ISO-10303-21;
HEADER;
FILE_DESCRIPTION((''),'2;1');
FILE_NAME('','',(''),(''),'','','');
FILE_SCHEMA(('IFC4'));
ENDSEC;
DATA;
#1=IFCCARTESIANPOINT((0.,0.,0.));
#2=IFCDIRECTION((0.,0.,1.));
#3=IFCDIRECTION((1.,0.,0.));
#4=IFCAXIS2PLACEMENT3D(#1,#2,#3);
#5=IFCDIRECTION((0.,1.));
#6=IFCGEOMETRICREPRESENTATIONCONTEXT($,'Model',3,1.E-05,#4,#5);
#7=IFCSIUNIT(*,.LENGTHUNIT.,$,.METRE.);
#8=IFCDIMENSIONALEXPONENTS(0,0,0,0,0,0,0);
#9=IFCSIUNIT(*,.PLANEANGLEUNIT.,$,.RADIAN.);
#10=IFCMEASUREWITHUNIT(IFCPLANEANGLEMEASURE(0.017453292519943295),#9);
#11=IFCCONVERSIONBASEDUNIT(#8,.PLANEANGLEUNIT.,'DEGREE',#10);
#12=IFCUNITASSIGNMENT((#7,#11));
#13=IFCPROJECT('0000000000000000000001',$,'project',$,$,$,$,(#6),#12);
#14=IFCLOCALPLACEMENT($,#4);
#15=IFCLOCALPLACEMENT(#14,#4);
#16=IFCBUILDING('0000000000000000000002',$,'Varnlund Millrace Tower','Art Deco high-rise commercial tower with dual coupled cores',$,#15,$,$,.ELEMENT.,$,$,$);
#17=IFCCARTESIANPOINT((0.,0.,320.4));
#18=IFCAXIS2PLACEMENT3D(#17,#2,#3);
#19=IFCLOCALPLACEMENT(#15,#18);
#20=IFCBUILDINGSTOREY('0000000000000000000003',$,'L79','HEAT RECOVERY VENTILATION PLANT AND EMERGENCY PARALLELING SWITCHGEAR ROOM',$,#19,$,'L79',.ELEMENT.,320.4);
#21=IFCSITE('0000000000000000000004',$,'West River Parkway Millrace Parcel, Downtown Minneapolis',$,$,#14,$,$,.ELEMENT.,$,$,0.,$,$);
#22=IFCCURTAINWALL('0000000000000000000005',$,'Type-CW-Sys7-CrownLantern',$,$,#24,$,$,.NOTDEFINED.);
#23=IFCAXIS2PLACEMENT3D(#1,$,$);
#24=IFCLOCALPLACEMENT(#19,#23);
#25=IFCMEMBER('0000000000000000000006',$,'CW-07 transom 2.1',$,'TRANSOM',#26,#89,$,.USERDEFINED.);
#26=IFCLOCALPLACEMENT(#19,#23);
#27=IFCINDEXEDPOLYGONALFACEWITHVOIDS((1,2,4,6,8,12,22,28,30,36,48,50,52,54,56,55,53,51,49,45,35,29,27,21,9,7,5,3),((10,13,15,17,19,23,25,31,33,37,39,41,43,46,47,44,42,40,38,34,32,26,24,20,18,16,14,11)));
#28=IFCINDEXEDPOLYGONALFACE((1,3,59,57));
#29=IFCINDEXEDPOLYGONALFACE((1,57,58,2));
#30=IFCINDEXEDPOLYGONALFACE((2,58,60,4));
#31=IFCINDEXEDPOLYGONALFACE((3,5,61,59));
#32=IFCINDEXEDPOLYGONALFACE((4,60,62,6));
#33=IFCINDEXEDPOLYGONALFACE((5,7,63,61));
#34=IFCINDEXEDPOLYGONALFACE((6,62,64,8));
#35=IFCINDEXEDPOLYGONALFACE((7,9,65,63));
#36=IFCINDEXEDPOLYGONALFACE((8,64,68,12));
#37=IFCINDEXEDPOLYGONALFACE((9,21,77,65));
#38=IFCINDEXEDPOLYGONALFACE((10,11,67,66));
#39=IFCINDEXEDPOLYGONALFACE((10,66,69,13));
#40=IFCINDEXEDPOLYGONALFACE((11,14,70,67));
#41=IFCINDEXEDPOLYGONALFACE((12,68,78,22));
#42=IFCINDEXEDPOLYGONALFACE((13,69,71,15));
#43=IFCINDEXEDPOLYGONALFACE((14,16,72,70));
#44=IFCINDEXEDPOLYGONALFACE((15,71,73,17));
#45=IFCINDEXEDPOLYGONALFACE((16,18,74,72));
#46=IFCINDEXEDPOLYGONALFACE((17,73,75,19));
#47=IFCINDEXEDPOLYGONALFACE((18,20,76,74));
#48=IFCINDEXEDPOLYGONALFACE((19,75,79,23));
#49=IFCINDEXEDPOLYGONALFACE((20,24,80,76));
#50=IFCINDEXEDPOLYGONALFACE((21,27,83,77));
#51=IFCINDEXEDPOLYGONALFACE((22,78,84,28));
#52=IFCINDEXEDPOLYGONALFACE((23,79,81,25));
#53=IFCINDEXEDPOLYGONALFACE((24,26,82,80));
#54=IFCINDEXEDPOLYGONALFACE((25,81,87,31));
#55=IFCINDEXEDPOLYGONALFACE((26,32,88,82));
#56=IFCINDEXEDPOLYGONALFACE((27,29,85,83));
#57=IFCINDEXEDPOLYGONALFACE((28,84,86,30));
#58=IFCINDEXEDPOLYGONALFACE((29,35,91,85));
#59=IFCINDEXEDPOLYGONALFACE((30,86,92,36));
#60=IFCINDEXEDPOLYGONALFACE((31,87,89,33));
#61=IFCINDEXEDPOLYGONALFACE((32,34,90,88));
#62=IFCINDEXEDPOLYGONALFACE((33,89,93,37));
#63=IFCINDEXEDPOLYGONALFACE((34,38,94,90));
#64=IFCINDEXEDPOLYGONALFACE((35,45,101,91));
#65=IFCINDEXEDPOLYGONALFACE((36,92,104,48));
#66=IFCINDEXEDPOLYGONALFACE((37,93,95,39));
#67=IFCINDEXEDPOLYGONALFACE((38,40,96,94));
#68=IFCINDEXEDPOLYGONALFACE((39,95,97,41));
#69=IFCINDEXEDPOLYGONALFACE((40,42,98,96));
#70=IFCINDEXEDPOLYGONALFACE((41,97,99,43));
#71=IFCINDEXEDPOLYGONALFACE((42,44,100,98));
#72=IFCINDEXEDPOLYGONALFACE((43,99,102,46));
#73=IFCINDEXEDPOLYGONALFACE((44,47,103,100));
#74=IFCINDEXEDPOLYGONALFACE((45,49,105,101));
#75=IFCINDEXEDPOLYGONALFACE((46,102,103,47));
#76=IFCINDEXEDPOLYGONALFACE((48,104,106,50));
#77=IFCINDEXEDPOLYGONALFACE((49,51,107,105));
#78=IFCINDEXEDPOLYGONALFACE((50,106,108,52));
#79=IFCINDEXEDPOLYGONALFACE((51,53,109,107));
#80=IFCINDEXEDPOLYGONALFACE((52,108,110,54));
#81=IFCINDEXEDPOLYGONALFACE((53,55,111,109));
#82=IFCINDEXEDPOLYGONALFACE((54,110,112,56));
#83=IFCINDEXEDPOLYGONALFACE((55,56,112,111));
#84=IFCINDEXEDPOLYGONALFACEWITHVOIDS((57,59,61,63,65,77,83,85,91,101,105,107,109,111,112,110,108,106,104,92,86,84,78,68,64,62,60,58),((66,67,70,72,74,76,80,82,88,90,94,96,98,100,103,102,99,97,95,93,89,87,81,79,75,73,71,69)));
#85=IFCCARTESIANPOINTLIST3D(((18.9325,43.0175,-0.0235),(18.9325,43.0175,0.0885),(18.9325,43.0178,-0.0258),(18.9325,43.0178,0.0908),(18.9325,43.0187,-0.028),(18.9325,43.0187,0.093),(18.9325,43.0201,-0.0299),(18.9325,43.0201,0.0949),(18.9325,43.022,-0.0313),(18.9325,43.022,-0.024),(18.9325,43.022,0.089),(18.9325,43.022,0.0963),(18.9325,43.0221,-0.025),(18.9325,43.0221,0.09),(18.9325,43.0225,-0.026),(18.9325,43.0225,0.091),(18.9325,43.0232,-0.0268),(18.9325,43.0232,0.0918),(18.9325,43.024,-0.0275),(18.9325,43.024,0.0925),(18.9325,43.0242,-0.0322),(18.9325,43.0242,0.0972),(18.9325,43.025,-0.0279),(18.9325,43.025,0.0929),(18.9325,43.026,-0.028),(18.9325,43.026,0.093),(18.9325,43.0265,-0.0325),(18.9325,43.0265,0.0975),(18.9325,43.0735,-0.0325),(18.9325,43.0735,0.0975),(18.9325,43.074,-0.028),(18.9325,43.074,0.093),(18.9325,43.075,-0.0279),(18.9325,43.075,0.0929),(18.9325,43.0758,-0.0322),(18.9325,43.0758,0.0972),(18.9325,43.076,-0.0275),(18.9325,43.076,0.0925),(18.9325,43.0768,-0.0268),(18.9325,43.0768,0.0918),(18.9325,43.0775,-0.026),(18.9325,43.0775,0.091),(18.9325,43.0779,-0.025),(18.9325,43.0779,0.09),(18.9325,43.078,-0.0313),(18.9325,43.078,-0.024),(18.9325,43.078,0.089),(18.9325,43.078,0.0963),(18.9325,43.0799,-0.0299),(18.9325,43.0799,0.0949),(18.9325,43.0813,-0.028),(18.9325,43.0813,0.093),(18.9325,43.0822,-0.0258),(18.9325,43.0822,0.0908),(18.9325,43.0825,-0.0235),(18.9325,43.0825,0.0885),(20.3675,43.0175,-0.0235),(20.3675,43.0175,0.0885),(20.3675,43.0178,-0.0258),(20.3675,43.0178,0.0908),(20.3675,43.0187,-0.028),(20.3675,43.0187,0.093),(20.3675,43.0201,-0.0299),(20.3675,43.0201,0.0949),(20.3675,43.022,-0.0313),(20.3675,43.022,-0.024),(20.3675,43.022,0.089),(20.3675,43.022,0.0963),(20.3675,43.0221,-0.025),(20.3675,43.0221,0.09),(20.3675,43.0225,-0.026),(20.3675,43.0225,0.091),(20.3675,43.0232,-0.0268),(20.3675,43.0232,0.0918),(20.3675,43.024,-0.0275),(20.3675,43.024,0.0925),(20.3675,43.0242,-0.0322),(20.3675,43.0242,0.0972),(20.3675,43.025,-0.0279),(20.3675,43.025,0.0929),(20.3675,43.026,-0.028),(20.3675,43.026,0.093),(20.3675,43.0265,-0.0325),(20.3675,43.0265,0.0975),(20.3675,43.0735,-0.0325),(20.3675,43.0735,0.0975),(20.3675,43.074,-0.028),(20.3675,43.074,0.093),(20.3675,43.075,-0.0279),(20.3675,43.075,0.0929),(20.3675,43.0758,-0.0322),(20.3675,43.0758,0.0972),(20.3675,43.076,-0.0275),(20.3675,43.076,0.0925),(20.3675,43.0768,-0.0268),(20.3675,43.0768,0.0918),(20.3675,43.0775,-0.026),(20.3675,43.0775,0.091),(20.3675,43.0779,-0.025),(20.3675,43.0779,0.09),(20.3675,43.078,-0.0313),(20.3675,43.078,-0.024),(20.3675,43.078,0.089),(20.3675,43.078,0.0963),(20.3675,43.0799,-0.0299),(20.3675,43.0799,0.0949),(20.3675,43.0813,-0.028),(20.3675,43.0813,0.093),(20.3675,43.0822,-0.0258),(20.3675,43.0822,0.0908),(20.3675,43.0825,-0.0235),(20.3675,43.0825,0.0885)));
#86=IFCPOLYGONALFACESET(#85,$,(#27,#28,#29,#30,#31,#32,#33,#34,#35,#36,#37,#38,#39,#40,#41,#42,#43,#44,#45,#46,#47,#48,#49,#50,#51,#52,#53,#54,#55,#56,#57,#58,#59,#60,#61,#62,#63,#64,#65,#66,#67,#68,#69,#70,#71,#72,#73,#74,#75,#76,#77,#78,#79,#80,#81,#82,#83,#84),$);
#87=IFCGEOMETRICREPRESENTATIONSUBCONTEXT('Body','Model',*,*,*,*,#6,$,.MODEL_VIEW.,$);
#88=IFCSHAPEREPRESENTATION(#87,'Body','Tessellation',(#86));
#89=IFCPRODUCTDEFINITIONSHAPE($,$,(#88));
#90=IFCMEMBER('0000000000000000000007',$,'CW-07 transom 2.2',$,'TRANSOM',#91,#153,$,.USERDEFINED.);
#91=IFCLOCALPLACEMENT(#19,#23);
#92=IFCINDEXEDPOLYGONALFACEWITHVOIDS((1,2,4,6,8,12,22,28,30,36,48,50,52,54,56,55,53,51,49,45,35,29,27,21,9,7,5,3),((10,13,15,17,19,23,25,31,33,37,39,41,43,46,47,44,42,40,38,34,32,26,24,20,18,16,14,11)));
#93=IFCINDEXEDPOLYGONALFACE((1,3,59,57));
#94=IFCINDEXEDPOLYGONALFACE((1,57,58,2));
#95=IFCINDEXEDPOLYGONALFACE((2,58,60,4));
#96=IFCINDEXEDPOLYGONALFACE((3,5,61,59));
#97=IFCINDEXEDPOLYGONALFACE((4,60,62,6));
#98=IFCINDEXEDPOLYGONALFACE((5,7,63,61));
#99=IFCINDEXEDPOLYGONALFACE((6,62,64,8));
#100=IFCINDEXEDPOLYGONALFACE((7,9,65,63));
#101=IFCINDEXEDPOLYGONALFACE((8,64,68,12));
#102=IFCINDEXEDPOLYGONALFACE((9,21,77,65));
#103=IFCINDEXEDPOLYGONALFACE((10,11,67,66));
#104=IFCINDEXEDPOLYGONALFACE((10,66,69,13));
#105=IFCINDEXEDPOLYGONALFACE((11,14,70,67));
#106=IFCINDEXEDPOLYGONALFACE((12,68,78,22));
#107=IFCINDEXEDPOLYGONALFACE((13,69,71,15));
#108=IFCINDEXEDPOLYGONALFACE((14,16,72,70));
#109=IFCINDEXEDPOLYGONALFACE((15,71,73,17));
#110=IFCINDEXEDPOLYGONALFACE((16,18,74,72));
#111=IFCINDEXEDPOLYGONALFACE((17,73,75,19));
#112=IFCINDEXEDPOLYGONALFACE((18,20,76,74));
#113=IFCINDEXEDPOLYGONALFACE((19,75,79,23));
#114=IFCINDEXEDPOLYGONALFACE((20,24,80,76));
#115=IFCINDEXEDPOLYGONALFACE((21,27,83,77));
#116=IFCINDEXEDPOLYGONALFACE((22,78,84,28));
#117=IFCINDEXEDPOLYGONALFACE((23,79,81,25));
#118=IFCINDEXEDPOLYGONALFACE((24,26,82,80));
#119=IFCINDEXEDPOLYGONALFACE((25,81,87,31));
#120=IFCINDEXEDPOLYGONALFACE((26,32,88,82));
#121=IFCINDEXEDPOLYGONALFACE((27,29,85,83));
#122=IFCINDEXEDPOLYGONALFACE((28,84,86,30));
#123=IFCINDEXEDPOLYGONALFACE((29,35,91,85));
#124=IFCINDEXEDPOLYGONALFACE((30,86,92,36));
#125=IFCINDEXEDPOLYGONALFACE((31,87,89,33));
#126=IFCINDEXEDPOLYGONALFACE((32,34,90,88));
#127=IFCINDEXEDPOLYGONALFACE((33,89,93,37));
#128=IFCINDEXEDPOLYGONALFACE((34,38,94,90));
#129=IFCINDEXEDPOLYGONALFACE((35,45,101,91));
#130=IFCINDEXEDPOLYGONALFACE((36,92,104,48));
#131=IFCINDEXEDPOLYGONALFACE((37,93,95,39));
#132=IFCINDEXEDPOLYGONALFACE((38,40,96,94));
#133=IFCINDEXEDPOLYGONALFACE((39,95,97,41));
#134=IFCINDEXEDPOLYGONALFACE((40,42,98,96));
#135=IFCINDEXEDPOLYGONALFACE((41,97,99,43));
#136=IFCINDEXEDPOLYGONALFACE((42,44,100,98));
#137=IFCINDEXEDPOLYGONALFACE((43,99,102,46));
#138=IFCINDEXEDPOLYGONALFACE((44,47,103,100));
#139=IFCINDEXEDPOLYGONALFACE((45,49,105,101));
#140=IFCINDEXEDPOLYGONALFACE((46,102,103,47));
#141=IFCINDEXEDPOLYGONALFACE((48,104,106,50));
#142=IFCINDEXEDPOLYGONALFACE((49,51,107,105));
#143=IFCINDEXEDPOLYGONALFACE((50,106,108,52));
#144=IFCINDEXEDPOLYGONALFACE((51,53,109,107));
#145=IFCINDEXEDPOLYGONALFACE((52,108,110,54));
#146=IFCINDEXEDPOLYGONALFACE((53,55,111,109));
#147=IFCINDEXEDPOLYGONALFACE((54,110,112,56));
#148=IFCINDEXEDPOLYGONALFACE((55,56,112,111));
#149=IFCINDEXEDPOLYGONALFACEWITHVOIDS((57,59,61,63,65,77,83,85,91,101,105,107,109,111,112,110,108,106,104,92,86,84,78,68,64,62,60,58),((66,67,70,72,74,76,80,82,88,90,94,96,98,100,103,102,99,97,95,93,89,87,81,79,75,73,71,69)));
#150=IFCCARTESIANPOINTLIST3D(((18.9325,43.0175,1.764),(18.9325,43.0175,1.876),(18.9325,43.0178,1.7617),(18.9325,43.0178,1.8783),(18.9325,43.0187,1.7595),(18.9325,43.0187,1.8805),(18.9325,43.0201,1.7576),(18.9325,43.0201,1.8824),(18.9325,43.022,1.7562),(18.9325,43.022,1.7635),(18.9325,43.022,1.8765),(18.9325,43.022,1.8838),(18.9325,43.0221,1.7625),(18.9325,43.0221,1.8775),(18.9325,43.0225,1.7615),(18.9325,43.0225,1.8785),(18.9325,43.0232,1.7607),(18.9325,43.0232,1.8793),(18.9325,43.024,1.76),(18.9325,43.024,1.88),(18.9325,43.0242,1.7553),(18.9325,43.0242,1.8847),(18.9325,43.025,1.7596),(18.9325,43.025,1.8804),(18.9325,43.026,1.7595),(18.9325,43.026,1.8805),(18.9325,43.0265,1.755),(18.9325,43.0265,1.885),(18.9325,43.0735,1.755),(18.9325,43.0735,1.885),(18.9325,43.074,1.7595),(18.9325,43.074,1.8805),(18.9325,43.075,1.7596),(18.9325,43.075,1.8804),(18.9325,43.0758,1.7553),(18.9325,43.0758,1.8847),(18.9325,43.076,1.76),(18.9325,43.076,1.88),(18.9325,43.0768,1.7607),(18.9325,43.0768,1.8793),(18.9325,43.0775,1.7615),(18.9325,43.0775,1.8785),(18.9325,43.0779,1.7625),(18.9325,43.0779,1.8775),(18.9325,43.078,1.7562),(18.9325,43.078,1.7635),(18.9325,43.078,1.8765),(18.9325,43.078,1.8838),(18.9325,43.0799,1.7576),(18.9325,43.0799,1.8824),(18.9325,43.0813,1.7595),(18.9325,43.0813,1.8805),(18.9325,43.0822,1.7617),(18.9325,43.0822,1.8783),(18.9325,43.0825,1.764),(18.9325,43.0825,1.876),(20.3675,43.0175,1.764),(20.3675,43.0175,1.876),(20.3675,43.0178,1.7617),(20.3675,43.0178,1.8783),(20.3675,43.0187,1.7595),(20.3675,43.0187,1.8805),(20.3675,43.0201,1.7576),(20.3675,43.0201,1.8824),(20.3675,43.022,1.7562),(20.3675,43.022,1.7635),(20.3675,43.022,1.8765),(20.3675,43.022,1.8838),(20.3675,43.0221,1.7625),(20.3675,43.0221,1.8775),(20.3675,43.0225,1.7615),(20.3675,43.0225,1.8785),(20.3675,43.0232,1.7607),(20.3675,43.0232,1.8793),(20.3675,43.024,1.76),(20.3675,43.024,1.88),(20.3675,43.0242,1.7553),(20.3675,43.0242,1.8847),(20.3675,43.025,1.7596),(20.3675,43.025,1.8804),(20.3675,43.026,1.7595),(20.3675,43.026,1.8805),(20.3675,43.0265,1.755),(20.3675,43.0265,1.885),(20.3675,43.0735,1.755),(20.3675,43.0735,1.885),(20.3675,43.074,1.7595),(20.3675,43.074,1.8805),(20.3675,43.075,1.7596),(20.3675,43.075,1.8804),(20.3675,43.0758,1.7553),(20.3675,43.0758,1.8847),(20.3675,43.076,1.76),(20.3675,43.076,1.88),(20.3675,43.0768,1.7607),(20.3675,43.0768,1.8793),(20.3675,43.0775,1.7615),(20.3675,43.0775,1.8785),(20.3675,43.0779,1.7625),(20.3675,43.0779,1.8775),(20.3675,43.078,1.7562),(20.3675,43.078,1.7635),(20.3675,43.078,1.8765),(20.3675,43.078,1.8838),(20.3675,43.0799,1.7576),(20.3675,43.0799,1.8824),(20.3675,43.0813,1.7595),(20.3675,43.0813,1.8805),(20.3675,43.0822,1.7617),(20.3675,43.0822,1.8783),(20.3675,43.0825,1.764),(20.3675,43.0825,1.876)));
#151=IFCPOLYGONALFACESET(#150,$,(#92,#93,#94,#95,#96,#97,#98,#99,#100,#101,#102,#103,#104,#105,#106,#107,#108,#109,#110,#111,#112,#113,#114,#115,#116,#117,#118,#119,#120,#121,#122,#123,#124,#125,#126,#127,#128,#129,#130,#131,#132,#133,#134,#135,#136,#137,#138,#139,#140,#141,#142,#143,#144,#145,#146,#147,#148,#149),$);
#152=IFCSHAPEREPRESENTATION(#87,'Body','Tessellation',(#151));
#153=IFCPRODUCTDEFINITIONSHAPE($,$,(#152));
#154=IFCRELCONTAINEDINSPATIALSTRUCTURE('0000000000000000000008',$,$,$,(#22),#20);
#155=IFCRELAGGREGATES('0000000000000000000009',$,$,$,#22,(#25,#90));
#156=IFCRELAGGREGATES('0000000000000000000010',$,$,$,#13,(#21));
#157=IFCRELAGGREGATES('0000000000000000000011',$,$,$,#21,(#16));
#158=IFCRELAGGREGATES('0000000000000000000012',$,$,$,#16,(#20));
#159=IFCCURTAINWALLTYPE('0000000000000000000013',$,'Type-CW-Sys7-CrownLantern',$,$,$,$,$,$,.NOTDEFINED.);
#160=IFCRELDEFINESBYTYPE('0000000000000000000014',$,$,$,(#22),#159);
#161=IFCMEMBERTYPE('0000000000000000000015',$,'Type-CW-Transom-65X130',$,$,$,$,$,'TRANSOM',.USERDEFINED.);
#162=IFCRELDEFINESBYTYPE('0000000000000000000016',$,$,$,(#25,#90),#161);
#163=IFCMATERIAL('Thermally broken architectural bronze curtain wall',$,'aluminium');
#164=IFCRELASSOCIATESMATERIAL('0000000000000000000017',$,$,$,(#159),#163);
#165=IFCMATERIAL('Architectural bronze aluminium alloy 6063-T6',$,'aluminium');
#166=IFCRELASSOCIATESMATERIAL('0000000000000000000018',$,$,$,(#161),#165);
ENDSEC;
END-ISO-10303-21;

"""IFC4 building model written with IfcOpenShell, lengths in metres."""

from ifc_helpers import new_model, entity, si_unit, converted_unit, direction, frame, origin_with_axes, origin_2d_with_axis, place, context, subcontext, project, spatial, hollow_rectangle, extrude, material, material_profile, profile_set, type_object, element, aggregate, save


model = new_model("IFC4")

# Units and contexts
model_context = context("Model", 3, precision=1e-05, world=origin_with_axes(), true_north=direction((0.0, 1.0)))
body_context = subcontext(model_context, "Body", "Model", "MODEL_VIEW")
ifc_project = project(units=[si_unit("LENGTHUNIT", "METRE"), converted_unit("PLANEANGLEUNIT", "DEGREE", entity("IfcPlaneAngleMeasure", 0.017453292519943295), si_unit("PLANEANGLEUNIT", "RADIAN"), dimensions=[0, 0, 0, 0, 0, 0, 0])], contexts=[model_context])

# Site, building, storey
site_placement = place(None, origin_with_axes())
site = spatial("IfcSite", under=ifc_project, at=site_placement, Name="West River Parkway Millrace Parcel, Downtown Minneapolis", CompositionType="ELEMENT", RefElevation=0.0)
building_placement = place(site_placement, origin_with_axes())
building = spatial("IfcBuilding", under=site, at=building_placement, Name="Varnlund Millrace Tower", Description="Art Deco high-rise commercial tower with dual coupled cores", CompositionType="ELEMENT")
storey_placement = place(building_placement, frame((0.0, 0.0, 320.4), z_axis=(0.0, 0.0, 1.0), x_axis=(1.0, 0.0, 0.0)))
storey = spatial("IfcBuildingStorey", under=building, at=storey_placement, Name="L79", Description="HEAT RECOVERY VENTILATION PLANT AND EMERGENCY PARALLELING SWITCHGEAR ROOM", LongName="L79", CompositionType="ELEMENT", Elevation=320.4)

# Curtain wall, members
ifc_material_1 = material(Name="Thermally broken architectural bronze curtain wall", Category="aluminium")
curtain_wall_type = type_object("IfcCurtainWallType", Name="Type-CW-Sys7-CrownLantern", PredefinedType="NOTDEFINED", material=ifc_material_1)
ifc_material_2 = material(Name="Architectural bronze aluminium alloy 6063-T6", Category="aluminium")
ifc_material_profile_1 = material_profile(ifc_material_2, hollow_rectangle(XDim=0.065, YDim=0.13, WallThickness=0.0045, InnerFilletRadius=0.004, OuterFilletRadius=0.009, at=origin_2d_with_axis()), Name="Architectural bronze aluminium alloy 6063-T6")
ifc_profile_set_1 = profile_set([ifc_material_profile_1], Name="Architectural bronze aluminium alloy 6063-T6")
member_type = type_object("IfcMemberType", Name="Type-CW-Transom-65X130", ElementType="TRANSOM", PredefinedType="USERDEFINED", material=ifc_profile_set_1)
curtain_wall_1_placement = place(storey_placement, frame((17.4, 43.05, 0.0), z_axis=(0.0, 0.0, 1.0), x_axis=(1.0, 0.0, 0.0)))
curtain_wall_1 = element("IfcCurtainWall", 1, at=curtain_wall_1_placement, inside=storey, type_object=curtain_wall_type, Name="Type-CW-Sys7-CrownLantern", PredefinedType="NOTDEFINED")
member_1_placement = place(storey_placement, frame((18.9325, 43.05, 0.0325), z_axis=(1.0, 0.0, 0.0), x_axis=(0.0, 1.0, 0.0)))
member_1 = element("IfcMember", 2, at=member_1_placement, type_object=member_type, Name="CW-07 transom 2.1", ObjectType="TRANSOM", PredefinedType="USERDEFINED", context=body_context, shape_type="SweptSolid", body=[
    extrude(hollow_rectangle(XDim=0.065, YDim=0.13, WallThickness=0.0045, InnerFilletRadius=0.004, OuterFilletRadius=0.009, at=origin_2d_with_axis()), origin_with_axes(), (0.0, 0.0, 1.0), 1.435),
])
member_2_placement = place(storey_placement, frame((18.9325, 43.05, 1.82), z_axis=(1.0, 0.0, 0.0), x_axis=(0.0, 1.0, 0.0)))
member_2 = element("IfcMember", 3, at=member_2_placement, type_object=member_type, Name="CW-07 transom 2.2", ObjectType="TRANSOM", PredefinedType="USERDEFINED", context=body_context, shape_type="SweptSolid", body=[
    extrude(hollow_rectangle(XDim=0.065, YDim=0.13, WallThickness=0.0045, InnerFilletRadius=0.004, OuterFilletRadius=0.009, at=origin_2d_with_axis()), origin_with_axes(), (0.0, 0.0, 1.0), 1.435),
])

aggregate(curtain_wall_1, [member_1, member_2])

save(model, "model.ifc")
